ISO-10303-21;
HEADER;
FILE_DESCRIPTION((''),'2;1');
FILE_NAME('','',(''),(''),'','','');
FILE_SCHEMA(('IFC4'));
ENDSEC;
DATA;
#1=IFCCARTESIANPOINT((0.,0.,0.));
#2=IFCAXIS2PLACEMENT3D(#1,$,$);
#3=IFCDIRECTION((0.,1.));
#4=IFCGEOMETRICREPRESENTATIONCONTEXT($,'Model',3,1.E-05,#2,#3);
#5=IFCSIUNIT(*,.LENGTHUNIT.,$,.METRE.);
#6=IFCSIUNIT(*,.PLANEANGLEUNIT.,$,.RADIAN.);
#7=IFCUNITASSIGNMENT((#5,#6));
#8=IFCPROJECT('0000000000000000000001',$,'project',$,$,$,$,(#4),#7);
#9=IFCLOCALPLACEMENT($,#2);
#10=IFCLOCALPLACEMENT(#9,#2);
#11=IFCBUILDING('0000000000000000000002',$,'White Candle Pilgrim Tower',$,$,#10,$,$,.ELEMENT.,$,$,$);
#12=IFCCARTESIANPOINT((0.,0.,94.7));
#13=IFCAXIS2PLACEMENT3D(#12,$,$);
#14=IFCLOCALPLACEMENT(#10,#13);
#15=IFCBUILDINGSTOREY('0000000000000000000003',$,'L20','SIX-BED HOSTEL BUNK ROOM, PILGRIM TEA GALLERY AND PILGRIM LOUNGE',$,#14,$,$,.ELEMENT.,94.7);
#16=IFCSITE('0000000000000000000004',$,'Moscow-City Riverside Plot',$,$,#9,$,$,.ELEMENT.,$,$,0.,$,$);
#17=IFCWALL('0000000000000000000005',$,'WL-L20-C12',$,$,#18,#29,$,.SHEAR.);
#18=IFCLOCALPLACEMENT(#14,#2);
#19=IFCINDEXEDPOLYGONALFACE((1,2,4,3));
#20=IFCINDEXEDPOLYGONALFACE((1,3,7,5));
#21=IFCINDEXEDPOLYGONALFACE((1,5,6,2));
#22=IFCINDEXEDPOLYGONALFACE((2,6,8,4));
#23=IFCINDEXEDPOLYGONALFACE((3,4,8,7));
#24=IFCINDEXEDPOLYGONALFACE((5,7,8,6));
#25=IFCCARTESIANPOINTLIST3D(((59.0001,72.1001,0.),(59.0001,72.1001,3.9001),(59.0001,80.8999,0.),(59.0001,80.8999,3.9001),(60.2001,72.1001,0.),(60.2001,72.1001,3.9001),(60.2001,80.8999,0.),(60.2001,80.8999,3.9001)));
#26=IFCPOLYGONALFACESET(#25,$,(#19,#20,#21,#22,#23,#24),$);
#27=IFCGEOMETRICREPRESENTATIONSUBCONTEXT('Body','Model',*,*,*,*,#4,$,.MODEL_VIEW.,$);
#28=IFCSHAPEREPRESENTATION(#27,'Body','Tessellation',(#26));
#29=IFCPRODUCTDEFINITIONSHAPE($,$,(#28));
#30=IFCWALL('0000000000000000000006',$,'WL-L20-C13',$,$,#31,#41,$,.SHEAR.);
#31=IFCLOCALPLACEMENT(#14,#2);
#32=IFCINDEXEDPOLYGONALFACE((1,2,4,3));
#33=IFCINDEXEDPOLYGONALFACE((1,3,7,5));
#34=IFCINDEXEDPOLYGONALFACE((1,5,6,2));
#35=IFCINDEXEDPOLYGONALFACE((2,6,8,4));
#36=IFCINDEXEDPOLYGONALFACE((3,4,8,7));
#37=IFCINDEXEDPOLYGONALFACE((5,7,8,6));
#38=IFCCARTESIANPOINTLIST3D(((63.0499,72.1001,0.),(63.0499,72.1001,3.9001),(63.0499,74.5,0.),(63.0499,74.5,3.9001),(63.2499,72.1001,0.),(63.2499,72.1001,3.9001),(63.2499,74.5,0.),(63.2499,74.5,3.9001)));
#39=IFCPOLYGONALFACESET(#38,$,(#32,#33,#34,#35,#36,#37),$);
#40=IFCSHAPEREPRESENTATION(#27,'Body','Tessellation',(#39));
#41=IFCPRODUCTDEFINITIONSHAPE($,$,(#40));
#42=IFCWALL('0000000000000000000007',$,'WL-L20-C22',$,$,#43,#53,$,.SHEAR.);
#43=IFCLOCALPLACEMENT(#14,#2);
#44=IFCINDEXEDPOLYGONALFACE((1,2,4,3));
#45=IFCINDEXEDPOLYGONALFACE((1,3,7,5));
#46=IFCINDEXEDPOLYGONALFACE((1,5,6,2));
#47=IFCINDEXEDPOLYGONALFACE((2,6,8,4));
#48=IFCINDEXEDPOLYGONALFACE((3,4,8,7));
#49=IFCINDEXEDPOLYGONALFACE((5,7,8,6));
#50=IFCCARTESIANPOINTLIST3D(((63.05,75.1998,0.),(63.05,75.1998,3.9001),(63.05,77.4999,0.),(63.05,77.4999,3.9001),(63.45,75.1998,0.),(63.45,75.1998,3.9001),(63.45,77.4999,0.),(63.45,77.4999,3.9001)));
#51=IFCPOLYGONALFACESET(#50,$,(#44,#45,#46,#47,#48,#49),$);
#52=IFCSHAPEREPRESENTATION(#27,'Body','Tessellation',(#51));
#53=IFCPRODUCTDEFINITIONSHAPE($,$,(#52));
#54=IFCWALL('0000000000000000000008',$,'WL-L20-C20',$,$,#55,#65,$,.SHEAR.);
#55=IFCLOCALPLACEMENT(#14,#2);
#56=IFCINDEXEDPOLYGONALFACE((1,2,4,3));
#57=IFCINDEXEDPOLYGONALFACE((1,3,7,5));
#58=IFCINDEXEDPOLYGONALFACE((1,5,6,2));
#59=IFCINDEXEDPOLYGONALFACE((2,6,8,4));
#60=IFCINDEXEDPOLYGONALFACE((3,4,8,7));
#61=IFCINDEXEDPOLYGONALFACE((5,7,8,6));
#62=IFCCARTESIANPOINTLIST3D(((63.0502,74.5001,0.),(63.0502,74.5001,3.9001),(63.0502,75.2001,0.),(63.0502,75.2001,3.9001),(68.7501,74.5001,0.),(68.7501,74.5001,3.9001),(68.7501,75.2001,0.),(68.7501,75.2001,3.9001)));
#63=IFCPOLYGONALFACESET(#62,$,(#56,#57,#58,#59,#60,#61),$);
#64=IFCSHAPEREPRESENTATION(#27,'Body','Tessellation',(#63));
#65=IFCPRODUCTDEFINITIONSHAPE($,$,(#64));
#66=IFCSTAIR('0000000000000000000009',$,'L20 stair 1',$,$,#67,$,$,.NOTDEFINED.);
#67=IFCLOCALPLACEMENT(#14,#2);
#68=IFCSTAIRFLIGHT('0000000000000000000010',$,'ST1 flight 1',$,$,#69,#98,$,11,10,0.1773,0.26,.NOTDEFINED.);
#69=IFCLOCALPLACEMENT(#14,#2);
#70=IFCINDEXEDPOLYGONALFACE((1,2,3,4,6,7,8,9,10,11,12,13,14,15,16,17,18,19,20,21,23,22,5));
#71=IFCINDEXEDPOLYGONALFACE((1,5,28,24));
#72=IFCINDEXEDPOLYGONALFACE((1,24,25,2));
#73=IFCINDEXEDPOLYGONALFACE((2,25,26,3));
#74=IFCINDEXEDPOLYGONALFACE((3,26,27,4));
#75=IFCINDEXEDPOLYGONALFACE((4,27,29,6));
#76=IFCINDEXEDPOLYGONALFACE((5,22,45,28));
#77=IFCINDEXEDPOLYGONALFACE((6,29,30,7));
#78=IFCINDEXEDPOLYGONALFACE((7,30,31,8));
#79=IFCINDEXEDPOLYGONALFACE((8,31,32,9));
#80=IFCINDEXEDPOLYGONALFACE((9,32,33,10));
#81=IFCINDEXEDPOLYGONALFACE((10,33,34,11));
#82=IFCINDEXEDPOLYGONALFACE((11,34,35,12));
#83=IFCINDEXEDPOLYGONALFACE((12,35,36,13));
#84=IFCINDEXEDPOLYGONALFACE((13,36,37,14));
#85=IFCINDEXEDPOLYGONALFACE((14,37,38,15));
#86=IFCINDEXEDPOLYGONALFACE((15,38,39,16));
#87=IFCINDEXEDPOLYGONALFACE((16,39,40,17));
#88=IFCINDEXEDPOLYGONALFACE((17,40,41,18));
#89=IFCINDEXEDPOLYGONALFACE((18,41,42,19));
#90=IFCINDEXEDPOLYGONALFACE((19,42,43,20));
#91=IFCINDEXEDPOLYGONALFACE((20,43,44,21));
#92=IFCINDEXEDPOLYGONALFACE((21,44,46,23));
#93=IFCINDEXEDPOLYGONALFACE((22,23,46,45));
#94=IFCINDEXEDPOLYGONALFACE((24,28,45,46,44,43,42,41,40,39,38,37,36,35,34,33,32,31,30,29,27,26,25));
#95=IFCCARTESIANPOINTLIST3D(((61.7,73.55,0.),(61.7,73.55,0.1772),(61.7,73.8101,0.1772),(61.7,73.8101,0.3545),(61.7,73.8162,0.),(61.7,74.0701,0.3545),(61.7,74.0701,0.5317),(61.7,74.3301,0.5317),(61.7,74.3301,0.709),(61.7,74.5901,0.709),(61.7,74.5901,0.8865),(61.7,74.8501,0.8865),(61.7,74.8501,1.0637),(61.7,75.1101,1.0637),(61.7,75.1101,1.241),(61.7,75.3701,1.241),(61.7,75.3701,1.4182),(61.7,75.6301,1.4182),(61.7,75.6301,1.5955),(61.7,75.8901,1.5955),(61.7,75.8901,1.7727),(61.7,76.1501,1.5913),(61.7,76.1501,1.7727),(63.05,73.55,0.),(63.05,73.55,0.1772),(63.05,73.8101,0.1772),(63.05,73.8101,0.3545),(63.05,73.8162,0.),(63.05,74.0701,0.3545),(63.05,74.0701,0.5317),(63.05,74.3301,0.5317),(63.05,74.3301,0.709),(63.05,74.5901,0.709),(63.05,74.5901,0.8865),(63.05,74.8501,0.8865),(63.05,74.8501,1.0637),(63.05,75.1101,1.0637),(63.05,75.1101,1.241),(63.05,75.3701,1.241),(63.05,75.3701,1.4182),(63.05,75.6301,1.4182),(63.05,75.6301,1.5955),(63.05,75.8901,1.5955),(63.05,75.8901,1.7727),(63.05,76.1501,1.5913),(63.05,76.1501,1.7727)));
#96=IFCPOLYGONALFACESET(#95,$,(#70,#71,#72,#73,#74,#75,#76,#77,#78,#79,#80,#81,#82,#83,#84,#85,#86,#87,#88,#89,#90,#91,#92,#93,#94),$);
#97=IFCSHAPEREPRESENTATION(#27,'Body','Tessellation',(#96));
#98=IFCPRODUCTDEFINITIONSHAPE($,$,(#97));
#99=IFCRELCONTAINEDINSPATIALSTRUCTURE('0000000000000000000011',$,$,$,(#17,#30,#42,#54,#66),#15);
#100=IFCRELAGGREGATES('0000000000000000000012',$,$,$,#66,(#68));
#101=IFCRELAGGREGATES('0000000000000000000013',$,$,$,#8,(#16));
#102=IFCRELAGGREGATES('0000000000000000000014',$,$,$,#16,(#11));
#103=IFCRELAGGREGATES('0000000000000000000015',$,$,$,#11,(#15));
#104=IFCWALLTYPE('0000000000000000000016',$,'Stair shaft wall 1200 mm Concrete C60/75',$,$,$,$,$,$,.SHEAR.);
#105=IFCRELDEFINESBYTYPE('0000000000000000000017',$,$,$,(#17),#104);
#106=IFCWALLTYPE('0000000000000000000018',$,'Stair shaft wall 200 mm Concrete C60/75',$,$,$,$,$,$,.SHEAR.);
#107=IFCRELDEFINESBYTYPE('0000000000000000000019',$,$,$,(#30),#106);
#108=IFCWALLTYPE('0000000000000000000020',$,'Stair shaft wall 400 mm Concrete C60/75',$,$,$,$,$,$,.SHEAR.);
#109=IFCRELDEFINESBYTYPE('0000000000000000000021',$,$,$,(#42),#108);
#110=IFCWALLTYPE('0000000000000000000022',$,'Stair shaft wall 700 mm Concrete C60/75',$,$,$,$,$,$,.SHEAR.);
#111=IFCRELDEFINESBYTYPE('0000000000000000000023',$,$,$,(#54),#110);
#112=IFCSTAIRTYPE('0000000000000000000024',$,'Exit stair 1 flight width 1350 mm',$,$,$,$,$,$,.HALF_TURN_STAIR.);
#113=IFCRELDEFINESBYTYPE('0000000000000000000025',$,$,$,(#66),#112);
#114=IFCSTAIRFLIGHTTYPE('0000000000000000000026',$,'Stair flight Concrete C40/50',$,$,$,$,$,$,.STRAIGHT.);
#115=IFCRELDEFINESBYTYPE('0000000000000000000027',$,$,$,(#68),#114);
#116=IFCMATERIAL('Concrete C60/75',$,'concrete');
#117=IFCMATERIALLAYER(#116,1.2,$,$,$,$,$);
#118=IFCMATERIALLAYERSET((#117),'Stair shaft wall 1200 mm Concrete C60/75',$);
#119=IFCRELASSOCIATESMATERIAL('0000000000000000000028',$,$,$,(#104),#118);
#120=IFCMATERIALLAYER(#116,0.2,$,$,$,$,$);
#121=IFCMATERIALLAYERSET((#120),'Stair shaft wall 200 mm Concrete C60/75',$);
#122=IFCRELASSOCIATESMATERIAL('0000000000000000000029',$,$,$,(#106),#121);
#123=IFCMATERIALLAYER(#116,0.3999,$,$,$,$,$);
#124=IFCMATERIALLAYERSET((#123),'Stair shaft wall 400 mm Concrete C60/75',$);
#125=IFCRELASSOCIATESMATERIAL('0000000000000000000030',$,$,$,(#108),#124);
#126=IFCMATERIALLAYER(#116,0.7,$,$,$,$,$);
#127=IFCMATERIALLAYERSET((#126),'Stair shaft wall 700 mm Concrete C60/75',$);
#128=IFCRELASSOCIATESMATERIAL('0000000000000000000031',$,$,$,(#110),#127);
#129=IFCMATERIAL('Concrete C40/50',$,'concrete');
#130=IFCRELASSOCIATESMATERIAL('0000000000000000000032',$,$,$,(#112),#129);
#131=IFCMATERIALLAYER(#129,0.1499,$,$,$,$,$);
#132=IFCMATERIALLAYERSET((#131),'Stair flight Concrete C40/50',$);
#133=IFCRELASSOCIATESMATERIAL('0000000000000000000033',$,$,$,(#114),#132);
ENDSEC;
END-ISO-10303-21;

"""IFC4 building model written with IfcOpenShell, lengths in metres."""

from ifc_helpers import new_model, si_unit, direction, frame, frame_2d, origin, place, context, subcontext, project, spatial, polyline, rectangle, outline, extrude, material, layer, layer_set, type_object, element, aggregate, save


model = new_model("IFC4")

# Units and contexts
model_context = context("Model", 3, precision=1e-05, world=origin(), true_north=direction((0.0, 1.0)))
body_context = subcontext(model_context, "Body", "Model", "MODEL_VIEW")
ifc_project = project(units=[si_unit("LENGTHUNIT", "METRE"), si_unit("PLANEANGLEUNIT", "RADIAN")], contexts=[model_context])

# Site, building, storey
site_placement = place(None, origin())
site = spatial("IfcSite", under=ifc_project, at=site_placement, Name="Moscow-City Riverside Plot", CompositionType="ELEMENT", RefElevation=0.0)
building_placement = place(site_placement, origin())
building = spatial("IfcBuilding", under=site, at=building_placement, Name="White Candle Pilgrim Tower", CompositionType="ELEMENT")
storey_placement = place(building_placement, frame((0.0, 0.0, 94.7)))
storey = spatial("IfcBuildingStorey", under=building, at=storey_placement, Name="L20", Description="SIX-BED HOSTEL BUNK ROOM, PILGRIM TEA GALLERY AND PILGRIM LOUNGE", CompositionType="ELEMENT", Elevation=94.7)

# Shared definitions
ifc_material_1 = material(Name="Concrete C60/75", Category="concrete")

# Walls
ifc_layer_1 = layer(ifc_material_1, 1.2)
ifc_layer_set_1 = layer_set([ifc_layer_1], Name="Stair shaft wall 1200 mm Concrete C60/75")
wall_type_1 = type_object("IfcWallType", Name="Stair shaft wall 1200 mm Concrete C60/75", PredefinedType="SHEAR", material=ifc_layer_set_1)
wall_1_placement = place(storey_placement, frame((59.6001, 72.1001, 0.0), z_axis=(0.0, 0.0, 1.0), x_axis=(0.0, 1.0, 0.0)))
element("IfcWall", 1, at=wall_1_placement, inside=storey, type_object=wall_type_1, Name="WL-L20-C12", PredefinedType="SHEAR", context=body_context, shape_type="SweptSolid", body=[
    extrude(rectangle(XDim=8.7998, YDim=1.2, at=frame_2d((4.3999, 0.0))), origin(), (0.0, 0.0, 1.0), 3.9001),
])
ifc_layer_2 = layer(ifc_material_1, 0.2)
ifc_layer_set_2 = layer_set([ifc_layer_2], Name="Stair shaft wall 200 mm Concrete C60/75")
wall_type_2 = type_object("IfcWallType", Name="Stair shaft wall 200 mm Concrete C60/75", PredefinedType="SHEAR", material=ifc_layer_set_2)
wall_2_placement = place(storey_placement, frame((63.1499, 72.1001, 0.0), z_axis=(0.0, 0.0, 1.0), x_axis=(0.0, 1.0, 0.0)))
element("IfcWall", 2, at=wall_2_placement, inside=storey, type_object=wall_type_2, Name="WL-L20-C13", PredefinedType="SHEAR", context=body_context, shape_type="SweptSolid", body=[
    extrude(rectangle(XDim=2.3999, YDim=0.2, at=frame_2d((1.2, 0.0))), origin(), (0.0, 0.0, 1.0), 3.9001),
])
ifc_layer_3 = layer(ifc_material_1, 0.3999)
ifc_layer_set_3 = layer_set([ifc_layer_3], Name="Stair shaft wall 400 mm Concrete C60/75")
wall_type_3 = type_object("IfcWallType", Name="Stair shaft wall 400 mm Concrete C60/75", PredefinedType="SHEAR", material=ifc_layer_set_3)
wall_3_placement = place(storey_placement, frame((63.25, 75.2, 0.0), z_axis=(0.0, 0.0, 1.0), x_axis=(0.0, 1.0, 0.0)))
element("IfcWall", 3, at=wall_3_placement, inside=storey, type_object=wall_type_3, Name="WL-L20-C22", PredefinedType="SHEAR", context=body_context, shape_type="SweptSolid", body=[
    extrude(rectangle(XDim=2.3, YDim=0.3999, at=frame_2d((1.1499, 0.0))), origin(), (0.0, 0.0, 1.0), 3.9001),
])
ifc_layer_4 = layer(ifc_material_1, 0.7)
ifc_layer_set_4 = layer_set([ifc_layer_4], Name="Stair shaft wall 700 mm Concrete C60/75")
wall_type_4 = type_object("IfcWallType", Name="Stair shaft wall 700 mm Concrete C60/75", PredefinedType="SHEAR", material=ifc_layer_set_4)
wall_4_placement = place(storey_placement, frame((63.05, 74.8501, 0.0), z_axis=(0.0, 0.0, 1.0), x_axis=(1.0, 0.0, 0.0)))
element("IfcWall", 4, at=wall_4_placement, inside=storey, type_object=wall_type_4, Name="WL-L20-C20", PredefinedType="SHEAR", context=body_context, shape_type="SweptSolid", body=[
    extrude(rectangle(XDim=5.7, YDim=0.7, at=frame_2d((2.8501, 0.0))), origin(), (0.0, 0.0, 1.0), 3.9001),
])

# Stair, stair flight
ifc_material_2 = material(Name="Concrete C40/50", Category="concrete")
stair_type = type_object("IfcStairType", Name="Exit stair 1 flight width 1350 mm", PredefinedType="HALF_TURN_STAIR", material=ifc_material_2)
stair_placement = place(storey_placement, origin())
stair = element("IfcStair", 5, at=stair_placement, inside=storey, type_object=stair_type, Name="L20 stair 1", PredefinedType="NOTDEFINED")
ifc_layer_5 = layer(ifc_material_2, 0.1499)
ifc_layer_set_5 = layer_set([ifc_layer_5], Name="Stair flight Concrete C40/50")
stair_flight_type = type_object("IfcStairFlightType", Name="Stair flight Concrete C40/50", PredefinedType="STRAIGHT", material=ifc_layer_set_5)
stair_flight_placement = place(storey_placement, frame((62.375, 73.55, 0.0), z_axis=(0.0, 0.0, 1.0), x_axis=(0.0, 1.0, 0.0)))
stair_flight = element("IfcStairFlight", 6, at=stair_flight_placement, type_object=stair_flight_type, Name="ST1 flight 1", NumberOfRisers=11, NumberOfTreads=10, PredefinedType="NOTDEFINED", RiserHeight=0.1773, TreadLength=0.26, context=body_context, shape_type="SweptSolid", body=[
    extrude(outline(polyline([(0.0, 0.0), (0.0, 0.1772), (0.26, 0.1772), (0.26, 0.3545), (0.52, 0.3545), (0.52, 0.5317), (0.78, 0.5317), (0.78, 0.709), (1.04, 0.709), (1.04, 0.8865), (1.3, 0.8865), (1.3, 1.0637), (1.5601, 1.0637), (1.5601, 1.241), (1.8201, 1.241), (1.8201, 1.4182), (2.0801, 1.4182), (2.0801, 1.5955), (2.3401, 1.5955), (2.3401, 1.7727), (2.6001, 1.7727), (2.6001, 1.95), (2.6001, 1.5913), (0.2661, 0.0), (0.0, 0.0)])), frame((0.0, 0.675, 0.0), z_axis=(0.0, -1.0, 0.0), x_axis=(1.0, 0.0, 0.0)), (0.0, 0.0, 1.0), 1.3501),
])
aggregate(stair, [stair_flight])

save(model, "model.ifc")
